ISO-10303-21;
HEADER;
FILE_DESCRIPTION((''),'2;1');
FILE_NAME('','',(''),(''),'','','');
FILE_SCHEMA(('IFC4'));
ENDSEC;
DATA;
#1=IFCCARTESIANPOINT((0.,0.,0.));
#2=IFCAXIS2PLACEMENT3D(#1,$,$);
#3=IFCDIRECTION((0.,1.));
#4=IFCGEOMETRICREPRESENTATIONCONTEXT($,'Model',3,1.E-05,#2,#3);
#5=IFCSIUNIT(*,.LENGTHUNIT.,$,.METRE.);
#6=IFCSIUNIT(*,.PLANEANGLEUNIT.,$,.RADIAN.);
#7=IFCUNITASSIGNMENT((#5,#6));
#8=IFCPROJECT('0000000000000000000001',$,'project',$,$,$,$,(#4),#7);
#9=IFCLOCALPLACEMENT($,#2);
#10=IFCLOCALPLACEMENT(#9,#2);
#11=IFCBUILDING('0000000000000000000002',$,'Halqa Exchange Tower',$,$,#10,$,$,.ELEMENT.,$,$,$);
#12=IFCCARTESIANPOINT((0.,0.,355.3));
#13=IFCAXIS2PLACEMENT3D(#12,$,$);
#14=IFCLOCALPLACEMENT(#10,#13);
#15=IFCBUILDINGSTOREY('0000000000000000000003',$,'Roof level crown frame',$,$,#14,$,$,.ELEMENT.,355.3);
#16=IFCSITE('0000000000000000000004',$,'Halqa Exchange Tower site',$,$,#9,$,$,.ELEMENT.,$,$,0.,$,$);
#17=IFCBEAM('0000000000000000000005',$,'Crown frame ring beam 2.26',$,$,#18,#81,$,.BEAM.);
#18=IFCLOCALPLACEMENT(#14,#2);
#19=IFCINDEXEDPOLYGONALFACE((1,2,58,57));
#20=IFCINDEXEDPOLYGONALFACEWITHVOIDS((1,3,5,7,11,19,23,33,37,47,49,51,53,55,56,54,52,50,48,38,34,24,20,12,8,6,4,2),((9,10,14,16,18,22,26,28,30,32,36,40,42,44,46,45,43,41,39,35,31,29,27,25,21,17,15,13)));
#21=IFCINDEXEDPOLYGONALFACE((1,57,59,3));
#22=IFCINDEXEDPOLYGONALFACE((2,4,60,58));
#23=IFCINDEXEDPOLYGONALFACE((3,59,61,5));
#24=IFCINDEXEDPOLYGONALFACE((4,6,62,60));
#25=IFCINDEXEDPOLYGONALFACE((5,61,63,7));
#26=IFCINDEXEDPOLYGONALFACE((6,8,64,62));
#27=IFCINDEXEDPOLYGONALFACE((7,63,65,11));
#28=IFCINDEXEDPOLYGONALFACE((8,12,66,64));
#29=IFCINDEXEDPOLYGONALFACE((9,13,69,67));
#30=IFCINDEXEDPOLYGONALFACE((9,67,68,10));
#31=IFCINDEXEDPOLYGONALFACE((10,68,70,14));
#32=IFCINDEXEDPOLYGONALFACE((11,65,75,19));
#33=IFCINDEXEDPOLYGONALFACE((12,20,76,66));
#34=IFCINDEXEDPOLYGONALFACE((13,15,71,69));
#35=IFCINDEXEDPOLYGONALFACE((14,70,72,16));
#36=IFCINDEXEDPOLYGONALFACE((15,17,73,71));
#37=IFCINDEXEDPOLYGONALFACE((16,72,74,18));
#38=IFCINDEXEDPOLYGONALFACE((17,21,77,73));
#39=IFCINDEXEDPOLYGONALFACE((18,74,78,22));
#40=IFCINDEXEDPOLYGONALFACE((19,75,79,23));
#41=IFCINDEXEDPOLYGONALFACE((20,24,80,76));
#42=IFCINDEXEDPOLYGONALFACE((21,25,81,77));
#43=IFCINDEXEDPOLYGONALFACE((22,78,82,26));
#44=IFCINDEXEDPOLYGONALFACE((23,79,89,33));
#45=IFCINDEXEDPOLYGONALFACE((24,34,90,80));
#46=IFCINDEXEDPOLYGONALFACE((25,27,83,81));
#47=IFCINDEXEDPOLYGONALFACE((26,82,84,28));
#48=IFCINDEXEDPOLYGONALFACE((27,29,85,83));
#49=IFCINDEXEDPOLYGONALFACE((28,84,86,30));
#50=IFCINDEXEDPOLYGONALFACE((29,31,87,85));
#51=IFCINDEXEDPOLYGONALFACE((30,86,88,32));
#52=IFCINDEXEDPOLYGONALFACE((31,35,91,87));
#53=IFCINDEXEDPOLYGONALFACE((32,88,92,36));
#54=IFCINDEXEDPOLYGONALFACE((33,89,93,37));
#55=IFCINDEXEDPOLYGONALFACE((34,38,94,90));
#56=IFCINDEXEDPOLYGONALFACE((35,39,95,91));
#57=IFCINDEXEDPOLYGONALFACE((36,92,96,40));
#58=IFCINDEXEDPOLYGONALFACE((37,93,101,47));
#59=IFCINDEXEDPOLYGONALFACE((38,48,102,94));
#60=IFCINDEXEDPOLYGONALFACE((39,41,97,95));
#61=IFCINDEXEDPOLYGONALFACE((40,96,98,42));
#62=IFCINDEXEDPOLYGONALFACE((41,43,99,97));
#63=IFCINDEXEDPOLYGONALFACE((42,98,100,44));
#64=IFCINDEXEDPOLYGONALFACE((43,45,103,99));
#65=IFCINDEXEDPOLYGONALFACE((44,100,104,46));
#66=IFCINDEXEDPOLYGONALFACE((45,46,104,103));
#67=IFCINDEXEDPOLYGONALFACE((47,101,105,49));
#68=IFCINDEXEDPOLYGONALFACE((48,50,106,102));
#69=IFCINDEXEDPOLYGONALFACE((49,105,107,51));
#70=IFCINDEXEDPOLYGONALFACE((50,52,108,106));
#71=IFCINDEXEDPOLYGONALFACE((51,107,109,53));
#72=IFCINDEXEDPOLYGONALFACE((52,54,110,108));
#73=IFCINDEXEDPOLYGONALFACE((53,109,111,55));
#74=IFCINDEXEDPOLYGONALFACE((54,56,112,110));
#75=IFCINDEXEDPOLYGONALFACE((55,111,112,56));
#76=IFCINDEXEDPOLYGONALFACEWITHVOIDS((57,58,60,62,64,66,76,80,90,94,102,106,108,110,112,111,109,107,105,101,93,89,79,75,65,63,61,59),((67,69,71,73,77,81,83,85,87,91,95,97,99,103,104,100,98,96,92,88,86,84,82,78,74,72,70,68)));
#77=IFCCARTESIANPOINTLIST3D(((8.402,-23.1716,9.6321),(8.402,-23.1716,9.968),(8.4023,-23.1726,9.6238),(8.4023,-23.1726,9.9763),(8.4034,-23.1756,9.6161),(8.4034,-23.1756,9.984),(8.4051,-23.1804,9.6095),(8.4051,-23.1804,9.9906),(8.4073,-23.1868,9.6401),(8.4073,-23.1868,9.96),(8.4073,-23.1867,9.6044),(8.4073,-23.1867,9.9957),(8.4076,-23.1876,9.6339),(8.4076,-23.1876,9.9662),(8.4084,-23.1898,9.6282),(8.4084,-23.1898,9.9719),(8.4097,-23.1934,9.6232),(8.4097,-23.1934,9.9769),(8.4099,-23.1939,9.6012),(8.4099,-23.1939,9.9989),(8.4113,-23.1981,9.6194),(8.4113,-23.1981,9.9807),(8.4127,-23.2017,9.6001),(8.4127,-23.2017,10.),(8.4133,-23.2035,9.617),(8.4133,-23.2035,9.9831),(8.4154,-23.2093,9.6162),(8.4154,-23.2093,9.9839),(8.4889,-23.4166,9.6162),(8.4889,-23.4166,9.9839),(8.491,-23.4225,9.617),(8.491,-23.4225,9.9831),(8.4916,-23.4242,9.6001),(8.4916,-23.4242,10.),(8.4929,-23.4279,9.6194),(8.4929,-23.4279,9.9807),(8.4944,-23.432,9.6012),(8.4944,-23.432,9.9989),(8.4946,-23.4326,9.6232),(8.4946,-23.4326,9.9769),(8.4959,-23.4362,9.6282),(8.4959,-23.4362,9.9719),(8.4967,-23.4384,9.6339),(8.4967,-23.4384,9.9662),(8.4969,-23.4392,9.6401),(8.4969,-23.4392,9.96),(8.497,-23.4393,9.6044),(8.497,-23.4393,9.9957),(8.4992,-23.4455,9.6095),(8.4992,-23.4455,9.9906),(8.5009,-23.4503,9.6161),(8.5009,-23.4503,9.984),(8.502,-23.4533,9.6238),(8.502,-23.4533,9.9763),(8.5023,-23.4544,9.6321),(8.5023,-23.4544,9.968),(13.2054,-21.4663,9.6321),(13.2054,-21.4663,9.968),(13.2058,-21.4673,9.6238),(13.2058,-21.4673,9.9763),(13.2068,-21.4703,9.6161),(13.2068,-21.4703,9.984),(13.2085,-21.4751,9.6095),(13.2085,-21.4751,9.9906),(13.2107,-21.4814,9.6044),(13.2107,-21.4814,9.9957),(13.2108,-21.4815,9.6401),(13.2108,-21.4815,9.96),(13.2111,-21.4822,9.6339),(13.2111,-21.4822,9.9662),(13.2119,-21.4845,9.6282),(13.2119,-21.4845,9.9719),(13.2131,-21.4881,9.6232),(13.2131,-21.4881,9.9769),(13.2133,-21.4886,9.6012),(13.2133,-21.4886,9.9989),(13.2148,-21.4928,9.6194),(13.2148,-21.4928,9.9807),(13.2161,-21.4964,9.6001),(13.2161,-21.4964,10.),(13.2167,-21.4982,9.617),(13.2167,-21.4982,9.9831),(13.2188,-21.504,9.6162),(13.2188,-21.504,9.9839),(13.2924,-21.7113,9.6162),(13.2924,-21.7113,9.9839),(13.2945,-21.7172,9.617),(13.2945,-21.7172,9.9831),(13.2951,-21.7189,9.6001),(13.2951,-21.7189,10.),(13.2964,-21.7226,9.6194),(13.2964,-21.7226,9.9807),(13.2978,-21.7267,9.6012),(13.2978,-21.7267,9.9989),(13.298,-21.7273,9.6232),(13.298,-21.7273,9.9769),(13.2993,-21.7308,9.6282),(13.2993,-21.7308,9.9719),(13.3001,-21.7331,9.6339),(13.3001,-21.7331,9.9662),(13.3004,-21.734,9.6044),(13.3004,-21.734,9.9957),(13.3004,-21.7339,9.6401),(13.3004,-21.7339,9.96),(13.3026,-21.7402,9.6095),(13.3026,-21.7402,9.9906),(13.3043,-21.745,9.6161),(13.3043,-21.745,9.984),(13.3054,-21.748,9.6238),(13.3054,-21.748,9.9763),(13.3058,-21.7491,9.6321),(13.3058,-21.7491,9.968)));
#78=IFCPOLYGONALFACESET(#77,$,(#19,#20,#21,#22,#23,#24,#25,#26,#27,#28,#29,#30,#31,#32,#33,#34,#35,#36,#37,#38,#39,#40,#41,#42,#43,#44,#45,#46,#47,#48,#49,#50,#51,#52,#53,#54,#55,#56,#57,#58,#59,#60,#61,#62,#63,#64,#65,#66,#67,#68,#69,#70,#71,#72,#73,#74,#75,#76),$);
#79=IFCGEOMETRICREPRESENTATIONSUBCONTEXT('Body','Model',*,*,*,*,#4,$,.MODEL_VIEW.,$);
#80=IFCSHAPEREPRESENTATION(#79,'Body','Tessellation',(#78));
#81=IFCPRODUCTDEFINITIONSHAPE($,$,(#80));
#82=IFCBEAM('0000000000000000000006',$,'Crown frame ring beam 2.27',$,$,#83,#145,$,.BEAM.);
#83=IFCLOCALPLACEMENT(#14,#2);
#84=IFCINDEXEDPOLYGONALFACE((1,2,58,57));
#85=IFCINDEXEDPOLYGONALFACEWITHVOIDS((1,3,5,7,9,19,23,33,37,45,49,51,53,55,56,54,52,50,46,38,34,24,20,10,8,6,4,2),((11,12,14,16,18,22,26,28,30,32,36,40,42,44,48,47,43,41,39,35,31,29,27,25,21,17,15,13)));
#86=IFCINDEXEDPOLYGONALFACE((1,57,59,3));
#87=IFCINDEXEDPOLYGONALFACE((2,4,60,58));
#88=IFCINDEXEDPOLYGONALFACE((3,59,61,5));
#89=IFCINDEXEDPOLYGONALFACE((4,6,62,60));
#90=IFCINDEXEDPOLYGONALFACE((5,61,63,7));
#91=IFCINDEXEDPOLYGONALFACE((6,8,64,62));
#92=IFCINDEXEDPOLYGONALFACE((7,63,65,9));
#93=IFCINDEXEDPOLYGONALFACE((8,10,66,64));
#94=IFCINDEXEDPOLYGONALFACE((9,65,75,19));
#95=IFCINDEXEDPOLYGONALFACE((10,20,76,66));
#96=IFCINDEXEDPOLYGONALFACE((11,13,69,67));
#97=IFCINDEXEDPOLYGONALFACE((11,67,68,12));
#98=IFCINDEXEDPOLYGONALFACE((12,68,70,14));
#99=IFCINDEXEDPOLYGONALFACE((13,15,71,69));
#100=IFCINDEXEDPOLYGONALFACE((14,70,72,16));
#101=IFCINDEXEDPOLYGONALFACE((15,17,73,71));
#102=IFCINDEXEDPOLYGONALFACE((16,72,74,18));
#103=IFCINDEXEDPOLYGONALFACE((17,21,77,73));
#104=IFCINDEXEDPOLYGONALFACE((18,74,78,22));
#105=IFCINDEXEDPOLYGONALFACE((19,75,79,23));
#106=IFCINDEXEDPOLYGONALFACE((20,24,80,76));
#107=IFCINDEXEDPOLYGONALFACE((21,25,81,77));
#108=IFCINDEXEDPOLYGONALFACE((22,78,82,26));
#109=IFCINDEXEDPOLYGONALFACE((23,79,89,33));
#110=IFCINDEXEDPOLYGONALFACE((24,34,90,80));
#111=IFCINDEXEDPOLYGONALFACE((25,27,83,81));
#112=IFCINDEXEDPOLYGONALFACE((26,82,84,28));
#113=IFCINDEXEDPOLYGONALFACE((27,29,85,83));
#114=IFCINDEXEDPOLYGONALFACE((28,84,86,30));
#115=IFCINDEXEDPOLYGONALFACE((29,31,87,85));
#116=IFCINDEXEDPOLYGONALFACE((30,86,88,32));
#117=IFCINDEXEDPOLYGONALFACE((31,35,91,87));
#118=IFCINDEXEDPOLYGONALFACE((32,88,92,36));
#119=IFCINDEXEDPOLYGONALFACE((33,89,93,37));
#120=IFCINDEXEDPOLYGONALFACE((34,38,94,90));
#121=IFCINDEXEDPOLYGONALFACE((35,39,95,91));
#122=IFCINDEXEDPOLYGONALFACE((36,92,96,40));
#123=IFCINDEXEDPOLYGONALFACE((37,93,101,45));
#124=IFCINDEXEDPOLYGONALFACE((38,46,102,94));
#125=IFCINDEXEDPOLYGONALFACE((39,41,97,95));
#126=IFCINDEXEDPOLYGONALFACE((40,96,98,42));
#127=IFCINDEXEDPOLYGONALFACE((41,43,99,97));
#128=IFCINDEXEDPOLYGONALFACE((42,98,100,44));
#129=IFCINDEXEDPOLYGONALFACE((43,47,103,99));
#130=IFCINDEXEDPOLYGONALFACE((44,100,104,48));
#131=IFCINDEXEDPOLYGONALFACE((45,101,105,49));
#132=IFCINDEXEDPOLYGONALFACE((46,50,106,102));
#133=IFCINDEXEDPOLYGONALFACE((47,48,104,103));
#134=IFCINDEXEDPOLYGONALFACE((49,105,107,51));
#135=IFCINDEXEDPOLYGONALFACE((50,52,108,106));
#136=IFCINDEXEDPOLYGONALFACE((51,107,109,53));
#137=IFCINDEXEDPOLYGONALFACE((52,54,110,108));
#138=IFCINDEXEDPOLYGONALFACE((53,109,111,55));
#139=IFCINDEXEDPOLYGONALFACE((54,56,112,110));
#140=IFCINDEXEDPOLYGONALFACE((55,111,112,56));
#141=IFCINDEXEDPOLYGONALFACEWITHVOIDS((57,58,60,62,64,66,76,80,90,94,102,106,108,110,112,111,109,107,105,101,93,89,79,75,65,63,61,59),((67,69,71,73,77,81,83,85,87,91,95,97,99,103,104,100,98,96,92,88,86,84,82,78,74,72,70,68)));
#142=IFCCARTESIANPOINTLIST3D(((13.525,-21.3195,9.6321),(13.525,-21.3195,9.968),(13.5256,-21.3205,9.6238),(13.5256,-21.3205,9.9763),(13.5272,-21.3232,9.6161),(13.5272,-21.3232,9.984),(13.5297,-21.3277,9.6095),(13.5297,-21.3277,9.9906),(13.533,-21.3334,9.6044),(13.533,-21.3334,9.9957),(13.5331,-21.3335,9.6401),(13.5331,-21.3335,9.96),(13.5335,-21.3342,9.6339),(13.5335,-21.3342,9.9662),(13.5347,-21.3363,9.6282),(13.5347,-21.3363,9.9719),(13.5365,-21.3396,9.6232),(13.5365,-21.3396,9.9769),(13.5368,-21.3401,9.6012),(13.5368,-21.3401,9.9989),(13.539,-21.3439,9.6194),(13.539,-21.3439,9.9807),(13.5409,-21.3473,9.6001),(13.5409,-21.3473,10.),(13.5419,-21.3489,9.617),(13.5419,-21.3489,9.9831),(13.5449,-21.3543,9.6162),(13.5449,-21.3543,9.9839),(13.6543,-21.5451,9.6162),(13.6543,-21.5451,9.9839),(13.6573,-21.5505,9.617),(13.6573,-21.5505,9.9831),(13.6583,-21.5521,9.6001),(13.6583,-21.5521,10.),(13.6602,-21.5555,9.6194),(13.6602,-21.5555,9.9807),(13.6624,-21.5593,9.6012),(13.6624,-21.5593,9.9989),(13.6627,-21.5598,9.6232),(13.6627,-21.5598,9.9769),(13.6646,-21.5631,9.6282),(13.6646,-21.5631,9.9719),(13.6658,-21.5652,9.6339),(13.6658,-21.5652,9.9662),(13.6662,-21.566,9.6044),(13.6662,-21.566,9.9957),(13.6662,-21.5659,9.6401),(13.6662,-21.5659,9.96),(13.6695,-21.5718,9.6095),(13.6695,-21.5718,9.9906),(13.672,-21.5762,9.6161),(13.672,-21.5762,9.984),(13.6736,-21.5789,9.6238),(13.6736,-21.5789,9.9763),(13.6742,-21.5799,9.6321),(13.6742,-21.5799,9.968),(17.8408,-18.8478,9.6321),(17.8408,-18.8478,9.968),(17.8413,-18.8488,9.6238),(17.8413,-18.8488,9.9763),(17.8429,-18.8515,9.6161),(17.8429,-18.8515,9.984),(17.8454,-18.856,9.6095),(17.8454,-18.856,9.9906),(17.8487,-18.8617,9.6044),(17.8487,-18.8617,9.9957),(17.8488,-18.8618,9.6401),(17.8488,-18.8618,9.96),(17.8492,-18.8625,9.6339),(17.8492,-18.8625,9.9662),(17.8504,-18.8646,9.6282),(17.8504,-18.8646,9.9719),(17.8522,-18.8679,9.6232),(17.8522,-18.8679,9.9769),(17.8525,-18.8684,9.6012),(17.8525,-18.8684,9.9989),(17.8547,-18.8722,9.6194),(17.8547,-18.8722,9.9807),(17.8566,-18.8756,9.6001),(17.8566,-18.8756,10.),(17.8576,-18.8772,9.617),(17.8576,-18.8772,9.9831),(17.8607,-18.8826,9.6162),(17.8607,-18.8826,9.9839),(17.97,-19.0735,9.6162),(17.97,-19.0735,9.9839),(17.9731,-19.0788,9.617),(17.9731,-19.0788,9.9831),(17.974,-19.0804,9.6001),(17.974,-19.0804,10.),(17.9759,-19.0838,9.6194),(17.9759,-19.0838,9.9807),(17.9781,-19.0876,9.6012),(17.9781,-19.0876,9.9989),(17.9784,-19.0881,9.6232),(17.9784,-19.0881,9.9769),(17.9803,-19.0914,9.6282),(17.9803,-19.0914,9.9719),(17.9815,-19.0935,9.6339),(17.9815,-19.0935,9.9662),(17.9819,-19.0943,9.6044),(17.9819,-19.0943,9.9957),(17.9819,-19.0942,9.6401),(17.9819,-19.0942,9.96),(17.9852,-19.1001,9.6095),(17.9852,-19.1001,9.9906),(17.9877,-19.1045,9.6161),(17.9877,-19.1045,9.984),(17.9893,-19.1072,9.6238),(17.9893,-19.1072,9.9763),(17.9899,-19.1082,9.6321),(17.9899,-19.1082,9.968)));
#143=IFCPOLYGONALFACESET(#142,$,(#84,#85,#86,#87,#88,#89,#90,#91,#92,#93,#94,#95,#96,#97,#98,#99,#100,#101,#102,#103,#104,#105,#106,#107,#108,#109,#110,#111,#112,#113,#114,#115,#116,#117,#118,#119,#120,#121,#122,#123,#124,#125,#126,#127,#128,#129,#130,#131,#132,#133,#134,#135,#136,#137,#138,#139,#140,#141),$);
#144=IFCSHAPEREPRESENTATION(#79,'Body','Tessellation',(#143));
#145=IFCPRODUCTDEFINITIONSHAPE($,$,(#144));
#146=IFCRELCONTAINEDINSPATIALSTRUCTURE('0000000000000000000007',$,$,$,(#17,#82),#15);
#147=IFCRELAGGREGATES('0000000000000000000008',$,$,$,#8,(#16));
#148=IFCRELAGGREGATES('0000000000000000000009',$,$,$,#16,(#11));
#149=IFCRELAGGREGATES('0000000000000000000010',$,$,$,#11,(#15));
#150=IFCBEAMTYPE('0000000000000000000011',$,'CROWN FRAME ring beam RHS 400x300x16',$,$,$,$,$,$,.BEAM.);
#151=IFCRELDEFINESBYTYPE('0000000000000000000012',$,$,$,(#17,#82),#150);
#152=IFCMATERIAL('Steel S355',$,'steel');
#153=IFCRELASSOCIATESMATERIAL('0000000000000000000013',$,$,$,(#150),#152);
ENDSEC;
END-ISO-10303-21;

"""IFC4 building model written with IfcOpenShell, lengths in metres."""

from ifc_helpers import new_model, si_unit, direction, frame, origin, origin_2d, place, context, subcontext, project, spatial, hollow_rectangle, extrude, material, material_profile, profile_set, type_object, element, save


model = new_model("IFC4")

# Units and contexts
model_context = context("Model", 3, precision=1e-05, world=origin(), true_north=direction((0.0, 1.0)))
body_context = subcontext(model_context, "Body", "Model", "MODEL_VIEW")
ifc_project = project(units=[si_unit("LENGTHUNIT", "METRE"), si_unit("PLANEANGLEUNIT", "RADIAN")], contexts=[model_context])

# Site, building, storey
site_placement = place(None, origin())
site = spatial("IfcSite", under=ifc_project, at=site_placement, Name="Halqa Exchange Tower site", CompositionType="ELEMENT", RefElevation=0.0)
building_placement = place(site_placement, origin())
building = spatial("IfcBuilding", under=site, at=building_placement, Name="Halqa Exchange Tower", CompositionType="ELEMENT")
storey_placement = place(building_placement, frame((0.0, 0.0, 355.3)))
storey = spatial("IfcBuildingStorey", under=building, at=storey_placement, Name="Roof level crown frame", CompositionType="ELEMENT", Elevation=355.3)

# Shared definitions
ifc_material_1 = material(Name="Steel S355", Category="steel")

# Beams
ifc_material_profile_1 = material_profile(ifc_material_1, hollow_rectangle(XDim=0.3, YDim=0.3999, WallThickness=0.0161, InnerFilletRadius=0.0239, OuterFilletRadius=0.032, at=origin_2d()), Name="RHS 400x300x16")
ifc_profile_set_1 = profile_set([ifc_material_profile_1], Name="Steel S355")
beam_type = type_object("IfcBeamType", Name="CROWN FRAME ring beam RHS 400x300x16", PredefinedType="BEAM", material=ifc_profile_set_1)
beam_1_placement = place(storey_placement, frame((8.4521, -23.313, 9.8), z_axis=(0.942374, 0.334561, 0.0), x_axis=(-0.334561, 0.942374, 0.0)))
element("IfcBeam", 1, at=beam_1_placement, inside=storey, type_object=beam_type, Name="Crown frame ring beam 2.26", PredefinedType="BEAM", context=body_context, shape_type="SweptSolid", body=[
    extrude(hollow_rectangle(XDim=0.3, YDim=0.3999, WallThickness=0.0161, InnerFilletRadius=0.0239, OuterFilletRadius=0.032, at=origin_2d()), origin(), (0.0, 0.0, 1.0), 5.0972),
])
beam_2_placement = place(storey_placement, frame((13.5996, -21.4497, 9.8), z_axis=(0.867759, 0.496985, 0.0), x_axis=(-0.496985, 0.867759, 0.0)))
element("IfcBeam", 2, at=beam_2_placement, inside=storey, type_object=beam_type, Name="Crown frame ring beam 2.27", PredefinedType="BEAM", context=body_context, shape_type="SweptSolid", body=[
    extrude(hollow_rectangle(XDim=0.3, YDim=0.3999, WallThickness=0.0161, InnerFilletRadius=0.0239, OuterFilletRadius=0.032, at=origin_2d()), origin(), (0.0, 0.0, 1.0), 4.9734),
])

save(model, "model.ifc")
